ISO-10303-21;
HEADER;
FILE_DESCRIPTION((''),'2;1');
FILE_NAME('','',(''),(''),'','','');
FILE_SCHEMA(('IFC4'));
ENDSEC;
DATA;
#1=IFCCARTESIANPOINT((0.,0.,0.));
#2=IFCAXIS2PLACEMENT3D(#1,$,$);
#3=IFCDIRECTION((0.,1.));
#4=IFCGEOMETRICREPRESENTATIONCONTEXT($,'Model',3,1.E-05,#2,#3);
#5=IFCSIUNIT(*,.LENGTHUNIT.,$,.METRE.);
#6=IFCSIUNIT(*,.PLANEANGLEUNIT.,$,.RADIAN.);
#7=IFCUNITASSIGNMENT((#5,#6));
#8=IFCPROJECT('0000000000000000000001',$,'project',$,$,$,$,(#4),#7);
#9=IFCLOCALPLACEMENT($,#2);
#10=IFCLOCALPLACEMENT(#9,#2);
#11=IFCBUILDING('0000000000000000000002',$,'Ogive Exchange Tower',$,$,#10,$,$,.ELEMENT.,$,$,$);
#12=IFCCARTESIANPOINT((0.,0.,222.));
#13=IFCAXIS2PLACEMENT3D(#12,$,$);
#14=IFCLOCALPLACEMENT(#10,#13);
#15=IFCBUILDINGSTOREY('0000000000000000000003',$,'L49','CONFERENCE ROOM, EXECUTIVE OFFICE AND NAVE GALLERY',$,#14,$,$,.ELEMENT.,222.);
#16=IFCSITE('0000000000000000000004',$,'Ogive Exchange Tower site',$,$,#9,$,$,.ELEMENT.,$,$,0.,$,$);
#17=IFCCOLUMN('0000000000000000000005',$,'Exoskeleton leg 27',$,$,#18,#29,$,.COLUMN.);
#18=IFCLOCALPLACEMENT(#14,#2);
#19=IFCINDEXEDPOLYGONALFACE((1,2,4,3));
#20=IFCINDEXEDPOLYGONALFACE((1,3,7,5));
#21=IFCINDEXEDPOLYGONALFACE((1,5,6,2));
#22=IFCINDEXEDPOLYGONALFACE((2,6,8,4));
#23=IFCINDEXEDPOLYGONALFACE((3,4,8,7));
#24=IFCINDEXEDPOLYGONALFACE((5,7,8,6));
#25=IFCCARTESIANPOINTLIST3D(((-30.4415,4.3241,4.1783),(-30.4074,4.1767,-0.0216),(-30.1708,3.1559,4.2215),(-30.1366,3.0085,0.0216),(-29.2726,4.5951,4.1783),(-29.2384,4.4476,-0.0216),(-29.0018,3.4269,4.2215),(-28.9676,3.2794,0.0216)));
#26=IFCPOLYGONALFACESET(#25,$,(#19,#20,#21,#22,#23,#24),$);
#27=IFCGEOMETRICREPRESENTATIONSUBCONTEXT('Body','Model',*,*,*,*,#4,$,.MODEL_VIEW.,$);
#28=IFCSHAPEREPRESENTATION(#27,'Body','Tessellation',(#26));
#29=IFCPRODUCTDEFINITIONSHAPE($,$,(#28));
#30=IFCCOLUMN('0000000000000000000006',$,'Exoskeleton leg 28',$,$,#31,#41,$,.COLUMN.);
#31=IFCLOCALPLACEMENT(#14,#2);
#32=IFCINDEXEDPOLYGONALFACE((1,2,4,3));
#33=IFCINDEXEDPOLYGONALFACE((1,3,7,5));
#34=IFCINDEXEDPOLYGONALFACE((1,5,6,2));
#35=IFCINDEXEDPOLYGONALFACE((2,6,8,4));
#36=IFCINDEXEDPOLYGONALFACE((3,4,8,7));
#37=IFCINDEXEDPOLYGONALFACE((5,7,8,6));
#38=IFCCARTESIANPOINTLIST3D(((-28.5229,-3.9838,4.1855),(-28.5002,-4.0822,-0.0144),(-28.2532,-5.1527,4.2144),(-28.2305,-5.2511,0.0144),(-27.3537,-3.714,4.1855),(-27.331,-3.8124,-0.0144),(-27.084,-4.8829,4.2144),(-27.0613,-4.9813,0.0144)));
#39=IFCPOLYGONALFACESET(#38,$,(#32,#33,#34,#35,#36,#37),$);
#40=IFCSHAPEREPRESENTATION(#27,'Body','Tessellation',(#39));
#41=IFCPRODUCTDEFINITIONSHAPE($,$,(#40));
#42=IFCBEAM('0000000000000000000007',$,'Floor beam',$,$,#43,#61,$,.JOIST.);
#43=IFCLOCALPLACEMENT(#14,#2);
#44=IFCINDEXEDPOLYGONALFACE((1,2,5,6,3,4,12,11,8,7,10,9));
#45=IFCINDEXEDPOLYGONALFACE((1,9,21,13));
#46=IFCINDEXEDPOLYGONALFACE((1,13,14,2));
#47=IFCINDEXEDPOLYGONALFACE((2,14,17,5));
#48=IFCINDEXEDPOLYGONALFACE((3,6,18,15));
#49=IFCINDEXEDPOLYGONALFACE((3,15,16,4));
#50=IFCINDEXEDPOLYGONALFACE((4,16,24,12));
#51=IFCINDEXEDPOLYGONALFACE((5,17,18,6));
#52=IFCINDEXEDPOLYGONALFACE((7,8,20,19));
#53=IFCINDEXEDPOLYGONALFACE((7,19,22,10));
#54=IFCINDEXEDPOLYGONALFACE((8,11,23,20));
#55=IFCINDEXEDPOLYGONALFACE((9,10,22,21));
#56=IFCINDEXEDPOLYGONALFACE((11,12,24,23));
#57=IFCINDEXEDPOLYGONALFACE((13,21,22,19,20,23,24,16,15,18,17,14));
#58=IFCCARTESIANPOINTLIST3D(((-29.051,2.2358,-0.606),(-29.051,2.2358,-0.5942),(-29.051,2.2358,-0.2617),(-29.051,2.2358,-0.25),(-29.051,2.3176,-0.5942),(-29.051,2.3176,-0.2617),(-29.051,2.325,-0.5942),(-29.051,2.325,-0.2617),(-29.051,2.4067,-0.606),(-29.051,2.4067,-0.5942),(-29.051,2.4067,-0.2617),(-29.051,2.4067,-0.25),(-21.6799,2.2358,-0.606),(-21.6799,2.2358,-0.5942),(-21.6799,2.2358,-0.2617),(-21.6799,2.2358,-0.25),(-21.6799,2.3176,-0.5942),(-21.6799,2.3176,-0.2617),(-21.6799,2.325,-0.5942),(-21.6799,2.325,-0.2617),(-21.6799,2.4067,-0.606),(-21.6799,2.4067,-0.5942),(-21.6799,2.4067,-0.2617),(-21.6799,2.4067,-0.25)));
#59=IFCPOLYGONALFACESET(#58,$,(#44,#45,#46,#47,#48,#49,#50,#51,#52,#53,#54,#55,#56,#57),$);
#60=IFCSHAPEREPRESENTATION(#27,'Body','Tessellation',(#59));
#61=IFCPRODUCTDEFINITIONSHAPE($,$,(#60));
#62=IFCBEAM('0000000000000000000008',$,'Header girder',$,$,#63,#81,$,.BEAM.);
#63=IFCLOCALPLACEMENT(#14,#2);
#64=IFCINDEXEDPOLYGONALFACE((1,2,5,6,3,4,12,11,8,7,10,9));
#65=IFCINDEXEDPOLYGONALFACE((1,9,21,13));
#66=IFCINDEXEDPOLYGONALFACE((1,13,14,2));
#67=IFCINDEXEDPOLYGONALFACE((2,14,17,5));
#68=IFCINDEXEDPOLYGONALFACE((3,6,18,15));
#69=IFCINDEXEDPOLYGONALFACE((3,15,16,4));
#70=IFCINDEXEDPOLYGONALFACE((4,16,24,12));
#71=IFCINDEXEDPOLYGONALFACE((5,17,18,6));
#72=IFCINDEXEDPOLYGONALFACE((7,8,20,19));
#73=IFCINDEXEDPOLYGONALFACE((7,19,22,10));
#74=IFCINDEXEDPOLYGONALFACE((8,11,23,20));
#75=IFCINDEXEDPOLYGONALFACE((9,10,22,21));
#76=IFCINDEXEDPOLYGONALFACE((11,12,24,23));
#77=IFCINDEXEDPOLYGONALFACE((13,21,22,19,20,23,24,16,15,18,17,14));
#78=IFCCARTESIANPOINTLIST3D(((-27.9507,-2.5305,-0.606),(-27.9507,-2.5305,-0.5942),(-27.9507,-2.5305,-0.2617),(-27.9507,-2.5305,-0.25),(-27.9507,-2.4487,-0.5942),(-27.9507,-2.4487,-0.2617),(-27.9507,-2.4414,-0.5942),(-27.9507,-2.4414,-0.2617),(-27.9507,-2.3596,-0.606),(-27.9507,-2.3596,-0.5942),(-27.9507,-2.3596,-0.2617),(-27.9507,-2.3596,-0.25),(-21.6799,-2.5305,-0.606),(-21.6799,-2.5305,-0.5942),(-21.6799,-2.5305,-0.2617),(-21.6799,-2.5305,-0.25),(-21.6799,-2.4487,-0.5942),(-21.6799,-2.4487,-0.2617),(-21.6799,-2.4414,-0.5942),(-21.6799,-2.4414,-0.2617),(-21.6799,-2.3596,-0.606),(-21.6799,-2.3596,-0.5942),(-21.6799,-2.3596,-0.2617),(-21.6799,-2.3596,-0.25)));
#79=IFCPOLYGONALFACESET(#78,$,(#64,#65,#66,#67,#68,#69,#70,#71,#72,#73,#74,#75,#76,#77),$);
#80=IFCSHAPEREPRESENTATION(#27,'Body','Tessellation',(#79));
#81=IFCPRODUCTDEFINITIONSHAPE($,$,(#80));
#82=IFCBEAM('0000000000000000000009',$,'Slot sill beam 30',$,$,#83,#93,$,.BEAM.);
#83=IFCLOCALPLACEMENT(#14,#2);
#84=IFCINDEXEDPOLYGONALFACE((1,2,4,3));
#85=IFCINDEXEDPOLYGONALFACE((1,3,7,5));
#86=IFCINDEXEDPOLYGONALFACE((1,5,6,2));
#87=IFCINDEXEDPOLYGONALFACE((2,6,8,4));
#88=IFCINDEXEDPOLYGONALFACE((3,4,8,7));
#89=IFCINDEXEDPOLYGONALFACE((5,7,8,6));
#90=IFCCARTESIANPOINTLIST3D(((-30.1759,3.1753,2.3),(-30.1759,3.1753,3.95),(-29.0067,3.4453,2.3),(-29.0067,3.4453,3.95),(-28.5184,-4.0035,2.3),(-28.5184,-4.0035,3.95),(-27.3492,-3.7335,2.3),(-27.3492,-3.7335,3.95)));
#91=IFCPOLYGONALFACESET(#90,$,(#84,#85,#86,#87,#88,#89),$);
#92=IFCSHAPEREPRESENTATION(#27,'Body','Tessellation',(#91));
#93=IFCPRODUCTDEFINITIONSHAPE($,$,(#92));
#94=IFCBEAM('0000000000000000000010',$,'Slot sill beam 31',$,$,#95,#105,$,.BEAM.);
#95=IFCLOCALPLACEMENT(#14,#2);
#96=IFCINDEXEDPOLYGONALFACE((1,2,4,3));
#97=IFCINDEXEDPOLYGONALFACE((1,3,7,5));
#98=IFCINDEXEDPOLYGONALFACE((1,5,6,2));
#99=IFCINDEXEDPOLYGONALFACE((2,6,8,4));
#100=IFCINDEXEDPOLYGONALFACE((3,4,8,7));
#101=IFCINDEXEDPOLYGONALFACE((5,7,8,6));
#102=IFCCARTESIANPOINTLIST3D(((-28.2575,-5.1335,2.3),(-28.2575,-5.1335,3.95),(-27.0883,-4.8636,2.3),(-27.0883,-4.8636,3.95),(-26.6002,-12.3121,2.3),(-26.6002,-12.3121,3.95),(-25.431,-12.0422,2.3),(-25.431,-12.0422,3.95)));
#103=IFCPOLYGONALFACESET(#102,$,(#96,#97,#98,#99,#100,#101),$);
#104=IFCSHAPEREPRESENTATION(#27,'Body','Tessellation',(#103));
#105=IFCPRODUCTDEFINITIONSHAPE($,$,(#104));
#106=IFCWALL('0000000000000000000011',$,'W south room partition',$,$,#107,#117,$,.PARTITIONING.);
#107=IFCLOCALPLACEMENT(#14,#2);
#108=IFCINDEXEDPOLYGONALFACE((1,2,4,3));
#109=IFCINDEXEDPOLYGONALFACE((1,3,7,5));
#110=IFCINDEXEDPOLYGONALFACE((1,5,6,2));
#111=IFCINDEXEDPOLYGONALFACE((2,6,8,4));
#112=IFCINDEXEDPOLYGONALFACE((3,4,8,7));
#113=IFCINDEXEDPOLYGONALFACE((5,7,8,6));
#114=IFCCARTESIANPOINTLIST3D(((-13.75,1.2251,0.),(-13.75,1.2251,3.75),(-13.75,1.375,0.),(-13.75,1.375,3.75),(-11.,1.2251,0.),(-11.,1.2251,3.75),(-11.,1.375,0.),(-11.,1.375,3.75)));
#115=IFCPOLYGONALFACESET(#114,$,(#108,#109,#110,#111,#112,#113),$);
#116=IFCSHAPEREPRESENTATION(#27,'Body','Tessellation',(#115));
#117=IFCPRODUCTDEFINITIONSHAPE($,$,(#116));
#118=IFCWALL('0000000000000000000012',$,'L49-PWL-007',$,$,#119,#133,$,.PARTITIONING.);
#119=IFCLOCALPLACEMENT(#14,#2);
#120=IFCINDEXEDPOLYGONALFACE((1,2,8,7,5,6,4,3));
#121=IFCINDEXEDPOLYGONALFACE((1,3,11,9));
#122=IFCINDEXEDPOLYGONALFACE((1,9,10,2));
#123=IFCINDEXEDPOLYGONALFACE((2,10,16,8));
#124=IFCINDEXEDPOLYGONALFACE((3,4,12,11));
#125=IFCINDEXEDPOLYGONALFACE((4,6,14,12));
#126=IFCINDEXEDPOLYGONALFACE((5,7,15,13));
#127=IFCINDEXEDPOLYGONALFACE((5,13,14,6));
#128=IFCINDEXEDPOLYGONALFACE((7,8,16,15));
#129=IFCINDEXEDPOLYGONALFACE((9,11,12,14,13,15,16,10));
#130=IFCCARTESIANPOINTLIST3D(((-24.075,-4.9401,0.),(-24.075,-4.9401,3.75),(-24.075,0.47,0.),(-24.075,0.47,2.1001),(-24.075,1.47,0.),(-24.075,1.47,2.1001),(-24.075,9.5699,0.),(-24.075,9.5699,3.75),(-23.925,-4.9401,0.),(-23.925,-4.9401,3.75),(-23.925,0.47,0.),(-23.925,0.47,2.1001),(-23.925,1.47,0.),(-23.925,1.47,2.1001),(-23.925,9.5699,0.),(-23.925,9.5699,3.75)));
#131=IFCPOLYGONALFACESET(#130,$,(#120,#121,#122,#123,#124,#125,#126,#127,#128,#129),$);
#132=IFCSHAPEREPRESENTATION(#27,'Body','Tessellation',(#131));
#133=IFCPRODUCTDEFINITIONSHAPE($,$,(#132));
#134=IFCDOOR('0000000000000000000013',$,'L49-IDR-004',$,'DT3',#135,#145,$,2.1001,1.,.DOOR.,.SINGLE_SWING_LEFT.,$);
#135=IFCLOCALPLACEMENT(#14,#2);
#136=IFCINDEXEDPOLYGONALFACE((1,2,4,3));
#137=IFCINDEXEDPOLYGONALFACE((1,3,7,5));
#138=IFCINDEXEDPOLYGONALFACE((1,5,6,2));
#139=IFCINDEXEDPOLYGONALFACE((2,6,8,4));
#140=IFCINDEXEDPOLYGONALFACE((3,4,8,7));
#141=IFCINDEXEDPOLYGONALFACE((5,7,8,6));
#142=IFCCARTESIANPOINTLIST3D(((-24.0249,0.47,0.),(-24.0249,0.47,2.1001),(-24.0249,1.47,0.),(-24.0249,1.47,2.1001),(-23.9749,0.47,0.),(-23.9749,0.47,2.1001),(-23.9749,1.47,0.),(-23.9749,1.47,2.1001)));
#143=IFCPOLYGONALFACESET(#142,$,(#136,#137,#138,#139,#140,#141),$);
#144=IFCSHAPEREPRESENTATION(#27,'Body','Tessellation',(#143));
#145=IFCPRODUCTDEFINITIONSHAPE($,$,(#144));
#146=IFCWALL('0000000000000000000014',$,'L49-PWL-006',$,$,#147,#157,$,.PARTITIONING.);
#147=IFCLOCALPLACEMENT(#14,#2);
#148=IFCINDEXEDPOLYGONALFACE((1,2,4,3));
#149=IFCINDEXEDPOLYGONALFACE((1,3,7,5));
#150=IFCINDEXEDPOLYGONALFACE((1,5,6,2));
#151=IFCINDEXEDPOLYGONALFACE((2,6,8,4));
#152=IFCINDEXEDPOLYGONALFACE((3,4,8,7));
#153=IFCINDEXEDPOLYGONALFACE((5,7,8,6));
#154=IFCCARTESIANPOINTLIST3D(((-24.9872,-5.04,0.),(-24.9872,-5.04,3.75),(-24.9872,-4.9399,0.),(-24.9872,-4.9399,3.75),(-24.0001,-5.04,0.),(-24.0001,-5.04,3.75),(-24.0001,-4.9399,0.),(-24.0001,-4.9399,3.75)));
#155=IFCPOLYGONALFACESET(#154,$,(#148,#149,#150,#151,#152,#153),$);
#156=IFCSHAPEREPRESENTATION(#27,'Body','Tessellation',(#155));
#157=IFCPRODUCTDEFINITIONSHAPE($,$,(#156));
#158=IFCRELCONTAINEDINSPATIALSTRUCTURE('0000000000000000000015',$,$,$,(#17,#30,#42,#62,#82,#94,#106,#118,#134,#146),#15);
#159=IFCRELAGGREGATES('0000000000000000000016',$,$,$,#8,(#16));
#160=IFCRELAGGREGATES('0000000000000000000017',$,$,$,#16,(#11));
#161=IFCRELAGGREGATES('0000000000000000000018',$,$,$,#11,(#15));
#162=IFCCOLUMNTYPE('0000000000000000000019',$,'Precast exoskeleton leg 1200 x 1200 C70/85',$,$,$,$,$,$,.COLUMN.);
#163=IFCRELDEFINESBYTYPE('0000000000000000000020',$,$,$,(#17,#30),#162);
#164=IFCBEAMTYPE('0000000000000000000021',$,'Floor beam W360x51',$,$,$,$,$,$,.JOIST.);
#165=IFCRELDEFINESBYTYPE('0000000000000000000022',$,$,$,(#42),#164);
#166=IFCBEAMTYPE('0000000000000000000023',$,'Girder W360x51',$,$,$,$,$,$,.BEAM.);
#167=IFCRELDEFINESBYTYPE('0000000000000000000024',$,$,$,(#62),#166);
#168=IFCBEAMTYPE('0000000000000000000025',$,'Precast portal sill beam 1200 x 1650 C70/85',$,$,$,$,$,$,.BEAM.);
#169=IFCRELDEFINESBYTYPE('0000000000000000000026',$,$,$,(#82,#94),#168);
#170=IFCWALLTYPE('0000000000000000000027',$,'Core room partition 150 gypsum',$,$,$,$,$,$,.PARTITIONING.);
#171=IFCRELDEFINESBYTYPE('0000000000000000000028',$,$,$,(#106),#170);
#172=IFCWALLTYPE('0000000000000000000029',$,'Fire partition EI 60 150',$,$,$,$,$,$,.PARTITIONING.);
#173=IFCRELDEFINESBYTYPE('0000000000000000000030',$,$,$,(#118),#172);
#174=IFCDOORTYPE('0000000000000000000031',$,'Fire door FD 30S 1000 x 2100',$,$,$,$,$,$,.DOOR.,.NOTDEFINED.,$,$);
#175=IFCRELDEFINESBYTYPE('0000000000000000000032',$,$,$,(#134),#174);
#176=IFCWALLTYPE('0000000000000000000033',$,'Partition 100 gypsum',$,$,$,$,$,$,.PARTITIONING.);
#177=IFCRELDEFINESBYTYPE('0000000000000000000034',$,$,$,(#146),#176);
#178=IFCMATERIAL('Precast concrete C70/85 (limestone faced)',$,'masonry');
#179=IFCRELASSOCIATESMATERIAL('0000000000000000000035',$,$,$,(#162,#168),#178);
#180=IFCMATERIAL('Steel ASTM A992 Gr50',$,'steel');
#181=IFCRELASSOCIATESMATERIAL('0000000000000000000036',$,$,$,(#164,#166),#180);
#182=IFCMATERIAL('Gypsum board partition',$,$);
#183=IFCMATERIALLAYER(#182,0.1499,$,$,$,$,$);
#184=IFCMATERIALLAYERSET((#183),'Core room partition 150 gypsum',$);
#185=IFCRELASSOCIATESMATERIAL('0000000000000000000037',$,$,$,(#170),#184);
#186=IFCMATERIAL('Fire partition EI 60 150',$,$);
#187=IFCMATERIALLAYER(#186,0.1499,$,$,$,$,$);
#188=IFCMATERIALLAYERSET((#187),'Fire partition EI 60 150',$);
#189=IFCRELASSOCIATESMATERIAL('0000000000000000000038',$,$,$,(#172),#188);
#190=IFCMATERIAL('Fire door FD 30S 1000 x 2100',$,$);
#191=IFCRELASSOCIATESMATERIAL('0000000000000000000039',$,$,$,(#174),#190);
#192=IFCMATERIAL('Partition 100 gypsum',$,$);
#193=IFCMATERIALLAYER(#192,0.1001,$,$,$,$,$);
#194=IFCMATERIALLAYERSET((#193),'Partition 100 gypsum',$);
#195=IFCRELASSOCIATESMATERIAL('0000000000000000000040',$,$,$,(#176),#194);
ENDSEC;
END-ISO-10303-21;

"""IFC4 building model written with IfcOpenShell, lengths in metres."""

from ifc_helpers import new_model, si_unit, direction, frame, frame_2d, origin, origin_2d, place, context, subcontext, project, spatial, rectangle, i_section, extrude, material, layer, layer_set, material_profile, profile_set, type_object, element, fill, save


model = new_model("IFC4")

# Units and contexts
model_context = context("Model", 3, precision=1e-05, world=origin(), true_north=direction((0.0, 1.0)))
body_context = subcontext(model_context, "Body", "Model", "MODEL_VIEW")
ifc_project = project(units=[si_unit("LENGTHUNIT", "METRE"), si_unit("PLANEANGLEUNIT", "RADIAN")], contexts=[model_context])

# Site, building, storey
site_placement = place(None, origin())
site = spatial("IfcSite", under=ifc_project, at=site_placement, Name="Ogive Exchange Tower site", CompositionType="ELEMENT", RefElevation=0.0)
building_placement = place(site_placement, origin())
building = spatial("IfcBuilding", under=site, at=building_placement, Name="Ogive Exchange Tower", CompositionType="ELEMENT")
storey_placement = place(building_placement, frame((0.0, 0.0, 222.0)))
storey = spatial("IfcBuildingStorey", under=building, at=storey_placement, Name="L49", Description="CONFERENCE ROOM, EXECUTIVE OFFICE AND NAVE GALLERY", CompositionType="ELEMENT", Elevation=222.0)

# Columns
ifc_material_1 = material(Name="Precast concrete C70/85 (limestone faced)", Category="masonry")
ifc_material_profile_1 = material_profile(ifc_material_1, rectangle(XDim=1.2, YDim=1.2, at=origin_2d()), Name="1200 x 1200")
ifc_profile_set_1 = profile_set([ifc_material_profile_1], Name="Precast concrete C70/85 (limestone faced)")
column_type = type_object("IfcColumnType", Name="Precast exoskeleton leg 1200 x 1200 C70/85", PredefinedType="COLUMN", material=ifc_profile_set_1)
column_1_placement = place(storey_placement, frame((-29.6875, 3.728, 0.0), z_axis=(-0.008133, 0.035087, 0.999351), x_axis=(-0.974173, -0.225802, 0.0)))
element("IfcColumn", 1, at=column_1_placement, inside=storey, type_object=column_type, Name="Exoskeleton leg 27", PredefinedType="COLUMN", context=body_context, shape_type="SweptSolid", body=[
    extrude(rectangle(XDim=1.2, YDim=1.2, at=origin_2d()), origin(), (0.0, 0.0, 1.0), 4.2026),
])
column_2_placement = place(storey_placement, frame((-27.7808, -4.5317, 0.0), z_axis=(-0.005404, 0.023419, 0.999711), x_axis=(-0.974391, -0.22486, 0.0)))
element("IfcColumn", 2, at=column_2_placement, inside=storey, type_object=column_type, Name="Exoskeleton leg 28", PredefinedType="COLUMN", context=body_context, shape_type="SweptSolid", body=[
    extrude(rectangle(XDim=1.2, YDim=1.2, at=origin_2d()), origin(), (0.0, 0.0, 1.0), 4.2012),
])

# Beams
ifc_material_2 = material(Name="Steel ASTM A992 Gr50", Category="steel")
ifc_material_profile_2 = material_profile(ifc_material_2, i_section(OverallWidth=0.1709, OverallDepth=0.356, WebThickness=0.0073, FlangeThickness=0.0117, at=origin_2d()), Name="W360x51")
ifc_profile_set_2 = profile_set([ifc_material_profile_2], Name="Steel ASTM A992 Gr50")
beam_type_1 = type_object("IfcBeamType", Name="Floor beam W360x51", PredefinedType="JOIST", material=ifc_profile_set_2)
beam_1_placement = place(storey_placement, frame((-29.051, 2.3213, -0.428), z_axis=(1.0, 0.0, 0.0), x_axis=(0.0, 1.0, 0.0)))
element("IfcBeam", 3, at=beam_1_placement, inside=storey, type_object=beam_type_1, Name="Floor beam", PredefinedType="JOIST", context=body_context, shape_type="SweptSolid", body=[
    extrude(i_section(OverallWidth=0.1709, OverallDepth=0.356, WebThickness=0.0073, FlangeThickness=0.0117, at=origin_2d()), origin(), (0.0, 0.0, 1.0), 7.3711),
])
ifc_material_profile_3 = material_profile(ifc_material_2, i_section(OverallWidth=0.1709, OverallDepth=0.356, WebThickness=0.0073, FlangeThickness=0.0117, at=origin_2d()), Name="W360x51")
ifc_profile_set_3 = profile_set([ifc_material_profile_3], Name="Steel ASTM A992 Gr50")
beam_type_2 = type_object("IfcBeamType", Name="Girder W360x51", PredefinedType="BEAM", material=ifc_profile_set_3)
beam_2_placement = place(storey_placement, frame((-27.9507, -2.4451, -0.428), z_axis=(1.0, 0.0, 0.0), x_axis=(0.0, 1.0, 0.0)))
element("IfcBeam", 4, at=beam_2_placement, inside=storey, type_object=beam_type_2, Name="Header girder", PredefinedType="BEAM", context=body_context, shape_type="SweptSolid", body=[
    extrude(i_section(OverallWidth=0.1709, OverallDepth=0.356, WebThickness=0.0073, FlangeThickness=0.0117, at=origin_2d()), origin(), (0.0, 0.0, 1.0), 6.2708),
])
ifc_material_profile_4 = material_profile(ifc_material_1, rectangle(XDim=1.2, YDim=1.6499, at=origin_2d()), Name="1200 x 1650")
ifc_profile_set_4 = profile_set([ifc_material_profile_4], Name="Precast concrete C70/85 (limestone faced)")
beam_type_3 = type_object("IfcBeamType", Name="Precast portal sill beam 1200 x 1650 C70/85", PredefinedType="BEAM", material=ifc_profile_set_4)
beam_3_placement = place(storey_placement, frame((-29.5913, 3.3103, 3.125), z_axis=(0.224968, -0.974366, 0.0), x_axis=(0.974366, 0.224968, 0.0)))
element("IfcBeam", 5, at=beam_3_placement, inside=storey, type_object=beam_type_3, Name="Slot sill beam 30", PredefinedType="BEAM", context=body_context, shape_type="SweptSolid", body=[
    extrude(rectangle(XDim=1.2, YDim=1.6499, at=origin_2d()), origin(), (0.0, 0.0, 1.0), 7.3677),
])
beam_4_placement = place(storey_placement, frame((-27.6729, -4.9985, 3.125), z_axis=(0.224937, -0.974373, 0.0), x_axis=(0.974373, 0.224937, 0.0)))
element("IfcBeam", 6, at=beam_4_placement, inside=storey, type_object=beam_type_3, Name="Slot sill beam 31", PredefinedType="BEAM", context=body_context, shape_type="SweptSolid", body=[
    extrude(rectangle(XDim=1.2, YDim=1.6499, at=origin_2d()), origin(), (0.0, 0.0, 1.0), 7.3674),
])

# Wall
ifc_material_3 = material(Name="Gypsum board partition")
ifc_layer_1 = layer(ifc_material_3, 0.1499)
ifc_layer_set_1 = layer_set([ifc_layer_1], Name="Core room partition 150 gypsum")
wall_type_1 = type_object("IfcWallType", Name="Core room partition 150 gypsum", PredefinedType="PARTITIONING", material=ifc_layer_set_1)
wall_1_placement = place(storey_placement, frame((-13.75, 1.3, 0.0), z_axis=(0.0, 0.0, 1.0), x_axis=(1.0, 0.0, 0.0)))
element("IfcWall", 7, at=wall_1_placement, inside=storey, type_object=wall_type_1, Name="W south room partition", PredefinedType="PARTITIONING", context=body_context, shape_type="SweptSolid", body=[
    extrude(rectangle(XDim=2.75, YDim=0.1499, at=frame_2d((1.375, 0.0))), origin(), (0.0, 0.0, 1.0), 3.75),
])

# Wall, opening, door
ifc_material_4 = material(Name="Fire partition EI 60 150")
ifc_layer_2 = layer(ifc_material_4, 0.1499)
ifc_layer_set_2 = layer_set([ifc_layer_2], Name="Fire partition EI 60 150")
wall_type_2 = type_object("IfcWallType", Name="Fire partition EI 60 150", PredefinedType="PARTITIONING", material=ifc_layer_set_2)
wall_2_placement = place(storey_placement, frame((-24.0, -4.9399, 0.0), z_axis=(0.0, 0.0, 1.0), x_axis=(0.0, 1.0, 0.0)))
wall_2 = element("IfcWall", 8, at=wall_2_placement, inside=storey, type_object=wall_type_2, Name="L49-PWL-007", PredefinedType="PARTITIONING", context=body_context, shape_type="SweptSolid", body=[
    extrude(rectangle(XDim=14.51, YDim=0.1499, at=frame_2d((7.2549, 0.0))), origin(), (0.0, 0.0, 1.0), 3.75),
])
opening_1_placement = place(wall_2_placement, frame((5.4099, 0.0, 0.0)))
opening_1 = element("IfcOpeningElement", 9, at=opening_1_placement, cuts=wall_2, PredefinedType="OPENING", context=body_context, shape_type="SweptSolid", body=[
    extrude(rectangle(XDim=1.0, YDim=2.1001, at=frame_2d((0.5, 1.05))), frame((0.0, 0.085, 0.0), z_axis=(0.0, -1.0, 0.0), x_axis=(1.0, 0.0, 0.0)), (0.0, 0.0, 1.0), 0.1699),
])
ifc_material_5 = material(Name="Fire door FD 30S 1000 x 2100")
door_type_1 = type_object("IfcDoorType", Name="Fire door FD 30S 1000 x 2100", OperationType="NOTDEFINED", PredefinedType="DOOR", material=ifc_material_5)
door_1_placement = place(opening_1_placement, origin())
door_1 = element("IfcDoor", 10, at=door_1_placement, inside=storey, type_object=door_type_1, Name="L49-IDR-004", ObjectType="DT3", OperationType="SINGLE_SWING_LEFT", OverallHeight=2.1001, OverallWidth=1.0, PredefinedType="DOOR", context=body_context, shape_type="SweptSolid", body=[
    extrude(rectangle(XDim=1.0, YDim=2.1001, at=frame_2d((0.5, 1.05))), frame((0.0, 0.0249, 0.0), z_axis=(0.0, -1.0, 0.0), x_axis=(1.0, 0.0, 0.0)), (0.0, 0.0, 1.0), 0.05),
])
fill(opening_1, door_1)

# Wall
ifc_material_6 = material(Name="Partition 100 gypsum")
ifc_layer_3 = layer(ifc_material_6, 0.1001)
ifc_layer_set_3 = layer_set([ifc_layer_3], Name="Partition 100 gypsum")
wall_type_3 = type_object("IfcWallType", Name="Partition 100 gypsum", PredefinedType="PARTITIONING", material=ifc_layer_set_3)
wall_3_placement = place(storey_placement, frame((-24.0, -4.99, 0.0), z_axis=(0.0, 0.0, 1.0), x_axis=(-1.0, 0.0, 0.0)))
element("IfcWall", 11, at=wall_3_placement, inside=storey, type_object=wall_type_3, Name="L49-PWL-006", PredefinedType="PARTITIONING", context=body_context, shape_type="SweptSolid", body=[
    extrude(rectangle(XDim=0.9871, YDim=0.1001, at=frame_2d((0.4937, 0.0))), origin(), (0.0, 0.0, 1.0), 3.75),
])

save(model, "model.ifc")
